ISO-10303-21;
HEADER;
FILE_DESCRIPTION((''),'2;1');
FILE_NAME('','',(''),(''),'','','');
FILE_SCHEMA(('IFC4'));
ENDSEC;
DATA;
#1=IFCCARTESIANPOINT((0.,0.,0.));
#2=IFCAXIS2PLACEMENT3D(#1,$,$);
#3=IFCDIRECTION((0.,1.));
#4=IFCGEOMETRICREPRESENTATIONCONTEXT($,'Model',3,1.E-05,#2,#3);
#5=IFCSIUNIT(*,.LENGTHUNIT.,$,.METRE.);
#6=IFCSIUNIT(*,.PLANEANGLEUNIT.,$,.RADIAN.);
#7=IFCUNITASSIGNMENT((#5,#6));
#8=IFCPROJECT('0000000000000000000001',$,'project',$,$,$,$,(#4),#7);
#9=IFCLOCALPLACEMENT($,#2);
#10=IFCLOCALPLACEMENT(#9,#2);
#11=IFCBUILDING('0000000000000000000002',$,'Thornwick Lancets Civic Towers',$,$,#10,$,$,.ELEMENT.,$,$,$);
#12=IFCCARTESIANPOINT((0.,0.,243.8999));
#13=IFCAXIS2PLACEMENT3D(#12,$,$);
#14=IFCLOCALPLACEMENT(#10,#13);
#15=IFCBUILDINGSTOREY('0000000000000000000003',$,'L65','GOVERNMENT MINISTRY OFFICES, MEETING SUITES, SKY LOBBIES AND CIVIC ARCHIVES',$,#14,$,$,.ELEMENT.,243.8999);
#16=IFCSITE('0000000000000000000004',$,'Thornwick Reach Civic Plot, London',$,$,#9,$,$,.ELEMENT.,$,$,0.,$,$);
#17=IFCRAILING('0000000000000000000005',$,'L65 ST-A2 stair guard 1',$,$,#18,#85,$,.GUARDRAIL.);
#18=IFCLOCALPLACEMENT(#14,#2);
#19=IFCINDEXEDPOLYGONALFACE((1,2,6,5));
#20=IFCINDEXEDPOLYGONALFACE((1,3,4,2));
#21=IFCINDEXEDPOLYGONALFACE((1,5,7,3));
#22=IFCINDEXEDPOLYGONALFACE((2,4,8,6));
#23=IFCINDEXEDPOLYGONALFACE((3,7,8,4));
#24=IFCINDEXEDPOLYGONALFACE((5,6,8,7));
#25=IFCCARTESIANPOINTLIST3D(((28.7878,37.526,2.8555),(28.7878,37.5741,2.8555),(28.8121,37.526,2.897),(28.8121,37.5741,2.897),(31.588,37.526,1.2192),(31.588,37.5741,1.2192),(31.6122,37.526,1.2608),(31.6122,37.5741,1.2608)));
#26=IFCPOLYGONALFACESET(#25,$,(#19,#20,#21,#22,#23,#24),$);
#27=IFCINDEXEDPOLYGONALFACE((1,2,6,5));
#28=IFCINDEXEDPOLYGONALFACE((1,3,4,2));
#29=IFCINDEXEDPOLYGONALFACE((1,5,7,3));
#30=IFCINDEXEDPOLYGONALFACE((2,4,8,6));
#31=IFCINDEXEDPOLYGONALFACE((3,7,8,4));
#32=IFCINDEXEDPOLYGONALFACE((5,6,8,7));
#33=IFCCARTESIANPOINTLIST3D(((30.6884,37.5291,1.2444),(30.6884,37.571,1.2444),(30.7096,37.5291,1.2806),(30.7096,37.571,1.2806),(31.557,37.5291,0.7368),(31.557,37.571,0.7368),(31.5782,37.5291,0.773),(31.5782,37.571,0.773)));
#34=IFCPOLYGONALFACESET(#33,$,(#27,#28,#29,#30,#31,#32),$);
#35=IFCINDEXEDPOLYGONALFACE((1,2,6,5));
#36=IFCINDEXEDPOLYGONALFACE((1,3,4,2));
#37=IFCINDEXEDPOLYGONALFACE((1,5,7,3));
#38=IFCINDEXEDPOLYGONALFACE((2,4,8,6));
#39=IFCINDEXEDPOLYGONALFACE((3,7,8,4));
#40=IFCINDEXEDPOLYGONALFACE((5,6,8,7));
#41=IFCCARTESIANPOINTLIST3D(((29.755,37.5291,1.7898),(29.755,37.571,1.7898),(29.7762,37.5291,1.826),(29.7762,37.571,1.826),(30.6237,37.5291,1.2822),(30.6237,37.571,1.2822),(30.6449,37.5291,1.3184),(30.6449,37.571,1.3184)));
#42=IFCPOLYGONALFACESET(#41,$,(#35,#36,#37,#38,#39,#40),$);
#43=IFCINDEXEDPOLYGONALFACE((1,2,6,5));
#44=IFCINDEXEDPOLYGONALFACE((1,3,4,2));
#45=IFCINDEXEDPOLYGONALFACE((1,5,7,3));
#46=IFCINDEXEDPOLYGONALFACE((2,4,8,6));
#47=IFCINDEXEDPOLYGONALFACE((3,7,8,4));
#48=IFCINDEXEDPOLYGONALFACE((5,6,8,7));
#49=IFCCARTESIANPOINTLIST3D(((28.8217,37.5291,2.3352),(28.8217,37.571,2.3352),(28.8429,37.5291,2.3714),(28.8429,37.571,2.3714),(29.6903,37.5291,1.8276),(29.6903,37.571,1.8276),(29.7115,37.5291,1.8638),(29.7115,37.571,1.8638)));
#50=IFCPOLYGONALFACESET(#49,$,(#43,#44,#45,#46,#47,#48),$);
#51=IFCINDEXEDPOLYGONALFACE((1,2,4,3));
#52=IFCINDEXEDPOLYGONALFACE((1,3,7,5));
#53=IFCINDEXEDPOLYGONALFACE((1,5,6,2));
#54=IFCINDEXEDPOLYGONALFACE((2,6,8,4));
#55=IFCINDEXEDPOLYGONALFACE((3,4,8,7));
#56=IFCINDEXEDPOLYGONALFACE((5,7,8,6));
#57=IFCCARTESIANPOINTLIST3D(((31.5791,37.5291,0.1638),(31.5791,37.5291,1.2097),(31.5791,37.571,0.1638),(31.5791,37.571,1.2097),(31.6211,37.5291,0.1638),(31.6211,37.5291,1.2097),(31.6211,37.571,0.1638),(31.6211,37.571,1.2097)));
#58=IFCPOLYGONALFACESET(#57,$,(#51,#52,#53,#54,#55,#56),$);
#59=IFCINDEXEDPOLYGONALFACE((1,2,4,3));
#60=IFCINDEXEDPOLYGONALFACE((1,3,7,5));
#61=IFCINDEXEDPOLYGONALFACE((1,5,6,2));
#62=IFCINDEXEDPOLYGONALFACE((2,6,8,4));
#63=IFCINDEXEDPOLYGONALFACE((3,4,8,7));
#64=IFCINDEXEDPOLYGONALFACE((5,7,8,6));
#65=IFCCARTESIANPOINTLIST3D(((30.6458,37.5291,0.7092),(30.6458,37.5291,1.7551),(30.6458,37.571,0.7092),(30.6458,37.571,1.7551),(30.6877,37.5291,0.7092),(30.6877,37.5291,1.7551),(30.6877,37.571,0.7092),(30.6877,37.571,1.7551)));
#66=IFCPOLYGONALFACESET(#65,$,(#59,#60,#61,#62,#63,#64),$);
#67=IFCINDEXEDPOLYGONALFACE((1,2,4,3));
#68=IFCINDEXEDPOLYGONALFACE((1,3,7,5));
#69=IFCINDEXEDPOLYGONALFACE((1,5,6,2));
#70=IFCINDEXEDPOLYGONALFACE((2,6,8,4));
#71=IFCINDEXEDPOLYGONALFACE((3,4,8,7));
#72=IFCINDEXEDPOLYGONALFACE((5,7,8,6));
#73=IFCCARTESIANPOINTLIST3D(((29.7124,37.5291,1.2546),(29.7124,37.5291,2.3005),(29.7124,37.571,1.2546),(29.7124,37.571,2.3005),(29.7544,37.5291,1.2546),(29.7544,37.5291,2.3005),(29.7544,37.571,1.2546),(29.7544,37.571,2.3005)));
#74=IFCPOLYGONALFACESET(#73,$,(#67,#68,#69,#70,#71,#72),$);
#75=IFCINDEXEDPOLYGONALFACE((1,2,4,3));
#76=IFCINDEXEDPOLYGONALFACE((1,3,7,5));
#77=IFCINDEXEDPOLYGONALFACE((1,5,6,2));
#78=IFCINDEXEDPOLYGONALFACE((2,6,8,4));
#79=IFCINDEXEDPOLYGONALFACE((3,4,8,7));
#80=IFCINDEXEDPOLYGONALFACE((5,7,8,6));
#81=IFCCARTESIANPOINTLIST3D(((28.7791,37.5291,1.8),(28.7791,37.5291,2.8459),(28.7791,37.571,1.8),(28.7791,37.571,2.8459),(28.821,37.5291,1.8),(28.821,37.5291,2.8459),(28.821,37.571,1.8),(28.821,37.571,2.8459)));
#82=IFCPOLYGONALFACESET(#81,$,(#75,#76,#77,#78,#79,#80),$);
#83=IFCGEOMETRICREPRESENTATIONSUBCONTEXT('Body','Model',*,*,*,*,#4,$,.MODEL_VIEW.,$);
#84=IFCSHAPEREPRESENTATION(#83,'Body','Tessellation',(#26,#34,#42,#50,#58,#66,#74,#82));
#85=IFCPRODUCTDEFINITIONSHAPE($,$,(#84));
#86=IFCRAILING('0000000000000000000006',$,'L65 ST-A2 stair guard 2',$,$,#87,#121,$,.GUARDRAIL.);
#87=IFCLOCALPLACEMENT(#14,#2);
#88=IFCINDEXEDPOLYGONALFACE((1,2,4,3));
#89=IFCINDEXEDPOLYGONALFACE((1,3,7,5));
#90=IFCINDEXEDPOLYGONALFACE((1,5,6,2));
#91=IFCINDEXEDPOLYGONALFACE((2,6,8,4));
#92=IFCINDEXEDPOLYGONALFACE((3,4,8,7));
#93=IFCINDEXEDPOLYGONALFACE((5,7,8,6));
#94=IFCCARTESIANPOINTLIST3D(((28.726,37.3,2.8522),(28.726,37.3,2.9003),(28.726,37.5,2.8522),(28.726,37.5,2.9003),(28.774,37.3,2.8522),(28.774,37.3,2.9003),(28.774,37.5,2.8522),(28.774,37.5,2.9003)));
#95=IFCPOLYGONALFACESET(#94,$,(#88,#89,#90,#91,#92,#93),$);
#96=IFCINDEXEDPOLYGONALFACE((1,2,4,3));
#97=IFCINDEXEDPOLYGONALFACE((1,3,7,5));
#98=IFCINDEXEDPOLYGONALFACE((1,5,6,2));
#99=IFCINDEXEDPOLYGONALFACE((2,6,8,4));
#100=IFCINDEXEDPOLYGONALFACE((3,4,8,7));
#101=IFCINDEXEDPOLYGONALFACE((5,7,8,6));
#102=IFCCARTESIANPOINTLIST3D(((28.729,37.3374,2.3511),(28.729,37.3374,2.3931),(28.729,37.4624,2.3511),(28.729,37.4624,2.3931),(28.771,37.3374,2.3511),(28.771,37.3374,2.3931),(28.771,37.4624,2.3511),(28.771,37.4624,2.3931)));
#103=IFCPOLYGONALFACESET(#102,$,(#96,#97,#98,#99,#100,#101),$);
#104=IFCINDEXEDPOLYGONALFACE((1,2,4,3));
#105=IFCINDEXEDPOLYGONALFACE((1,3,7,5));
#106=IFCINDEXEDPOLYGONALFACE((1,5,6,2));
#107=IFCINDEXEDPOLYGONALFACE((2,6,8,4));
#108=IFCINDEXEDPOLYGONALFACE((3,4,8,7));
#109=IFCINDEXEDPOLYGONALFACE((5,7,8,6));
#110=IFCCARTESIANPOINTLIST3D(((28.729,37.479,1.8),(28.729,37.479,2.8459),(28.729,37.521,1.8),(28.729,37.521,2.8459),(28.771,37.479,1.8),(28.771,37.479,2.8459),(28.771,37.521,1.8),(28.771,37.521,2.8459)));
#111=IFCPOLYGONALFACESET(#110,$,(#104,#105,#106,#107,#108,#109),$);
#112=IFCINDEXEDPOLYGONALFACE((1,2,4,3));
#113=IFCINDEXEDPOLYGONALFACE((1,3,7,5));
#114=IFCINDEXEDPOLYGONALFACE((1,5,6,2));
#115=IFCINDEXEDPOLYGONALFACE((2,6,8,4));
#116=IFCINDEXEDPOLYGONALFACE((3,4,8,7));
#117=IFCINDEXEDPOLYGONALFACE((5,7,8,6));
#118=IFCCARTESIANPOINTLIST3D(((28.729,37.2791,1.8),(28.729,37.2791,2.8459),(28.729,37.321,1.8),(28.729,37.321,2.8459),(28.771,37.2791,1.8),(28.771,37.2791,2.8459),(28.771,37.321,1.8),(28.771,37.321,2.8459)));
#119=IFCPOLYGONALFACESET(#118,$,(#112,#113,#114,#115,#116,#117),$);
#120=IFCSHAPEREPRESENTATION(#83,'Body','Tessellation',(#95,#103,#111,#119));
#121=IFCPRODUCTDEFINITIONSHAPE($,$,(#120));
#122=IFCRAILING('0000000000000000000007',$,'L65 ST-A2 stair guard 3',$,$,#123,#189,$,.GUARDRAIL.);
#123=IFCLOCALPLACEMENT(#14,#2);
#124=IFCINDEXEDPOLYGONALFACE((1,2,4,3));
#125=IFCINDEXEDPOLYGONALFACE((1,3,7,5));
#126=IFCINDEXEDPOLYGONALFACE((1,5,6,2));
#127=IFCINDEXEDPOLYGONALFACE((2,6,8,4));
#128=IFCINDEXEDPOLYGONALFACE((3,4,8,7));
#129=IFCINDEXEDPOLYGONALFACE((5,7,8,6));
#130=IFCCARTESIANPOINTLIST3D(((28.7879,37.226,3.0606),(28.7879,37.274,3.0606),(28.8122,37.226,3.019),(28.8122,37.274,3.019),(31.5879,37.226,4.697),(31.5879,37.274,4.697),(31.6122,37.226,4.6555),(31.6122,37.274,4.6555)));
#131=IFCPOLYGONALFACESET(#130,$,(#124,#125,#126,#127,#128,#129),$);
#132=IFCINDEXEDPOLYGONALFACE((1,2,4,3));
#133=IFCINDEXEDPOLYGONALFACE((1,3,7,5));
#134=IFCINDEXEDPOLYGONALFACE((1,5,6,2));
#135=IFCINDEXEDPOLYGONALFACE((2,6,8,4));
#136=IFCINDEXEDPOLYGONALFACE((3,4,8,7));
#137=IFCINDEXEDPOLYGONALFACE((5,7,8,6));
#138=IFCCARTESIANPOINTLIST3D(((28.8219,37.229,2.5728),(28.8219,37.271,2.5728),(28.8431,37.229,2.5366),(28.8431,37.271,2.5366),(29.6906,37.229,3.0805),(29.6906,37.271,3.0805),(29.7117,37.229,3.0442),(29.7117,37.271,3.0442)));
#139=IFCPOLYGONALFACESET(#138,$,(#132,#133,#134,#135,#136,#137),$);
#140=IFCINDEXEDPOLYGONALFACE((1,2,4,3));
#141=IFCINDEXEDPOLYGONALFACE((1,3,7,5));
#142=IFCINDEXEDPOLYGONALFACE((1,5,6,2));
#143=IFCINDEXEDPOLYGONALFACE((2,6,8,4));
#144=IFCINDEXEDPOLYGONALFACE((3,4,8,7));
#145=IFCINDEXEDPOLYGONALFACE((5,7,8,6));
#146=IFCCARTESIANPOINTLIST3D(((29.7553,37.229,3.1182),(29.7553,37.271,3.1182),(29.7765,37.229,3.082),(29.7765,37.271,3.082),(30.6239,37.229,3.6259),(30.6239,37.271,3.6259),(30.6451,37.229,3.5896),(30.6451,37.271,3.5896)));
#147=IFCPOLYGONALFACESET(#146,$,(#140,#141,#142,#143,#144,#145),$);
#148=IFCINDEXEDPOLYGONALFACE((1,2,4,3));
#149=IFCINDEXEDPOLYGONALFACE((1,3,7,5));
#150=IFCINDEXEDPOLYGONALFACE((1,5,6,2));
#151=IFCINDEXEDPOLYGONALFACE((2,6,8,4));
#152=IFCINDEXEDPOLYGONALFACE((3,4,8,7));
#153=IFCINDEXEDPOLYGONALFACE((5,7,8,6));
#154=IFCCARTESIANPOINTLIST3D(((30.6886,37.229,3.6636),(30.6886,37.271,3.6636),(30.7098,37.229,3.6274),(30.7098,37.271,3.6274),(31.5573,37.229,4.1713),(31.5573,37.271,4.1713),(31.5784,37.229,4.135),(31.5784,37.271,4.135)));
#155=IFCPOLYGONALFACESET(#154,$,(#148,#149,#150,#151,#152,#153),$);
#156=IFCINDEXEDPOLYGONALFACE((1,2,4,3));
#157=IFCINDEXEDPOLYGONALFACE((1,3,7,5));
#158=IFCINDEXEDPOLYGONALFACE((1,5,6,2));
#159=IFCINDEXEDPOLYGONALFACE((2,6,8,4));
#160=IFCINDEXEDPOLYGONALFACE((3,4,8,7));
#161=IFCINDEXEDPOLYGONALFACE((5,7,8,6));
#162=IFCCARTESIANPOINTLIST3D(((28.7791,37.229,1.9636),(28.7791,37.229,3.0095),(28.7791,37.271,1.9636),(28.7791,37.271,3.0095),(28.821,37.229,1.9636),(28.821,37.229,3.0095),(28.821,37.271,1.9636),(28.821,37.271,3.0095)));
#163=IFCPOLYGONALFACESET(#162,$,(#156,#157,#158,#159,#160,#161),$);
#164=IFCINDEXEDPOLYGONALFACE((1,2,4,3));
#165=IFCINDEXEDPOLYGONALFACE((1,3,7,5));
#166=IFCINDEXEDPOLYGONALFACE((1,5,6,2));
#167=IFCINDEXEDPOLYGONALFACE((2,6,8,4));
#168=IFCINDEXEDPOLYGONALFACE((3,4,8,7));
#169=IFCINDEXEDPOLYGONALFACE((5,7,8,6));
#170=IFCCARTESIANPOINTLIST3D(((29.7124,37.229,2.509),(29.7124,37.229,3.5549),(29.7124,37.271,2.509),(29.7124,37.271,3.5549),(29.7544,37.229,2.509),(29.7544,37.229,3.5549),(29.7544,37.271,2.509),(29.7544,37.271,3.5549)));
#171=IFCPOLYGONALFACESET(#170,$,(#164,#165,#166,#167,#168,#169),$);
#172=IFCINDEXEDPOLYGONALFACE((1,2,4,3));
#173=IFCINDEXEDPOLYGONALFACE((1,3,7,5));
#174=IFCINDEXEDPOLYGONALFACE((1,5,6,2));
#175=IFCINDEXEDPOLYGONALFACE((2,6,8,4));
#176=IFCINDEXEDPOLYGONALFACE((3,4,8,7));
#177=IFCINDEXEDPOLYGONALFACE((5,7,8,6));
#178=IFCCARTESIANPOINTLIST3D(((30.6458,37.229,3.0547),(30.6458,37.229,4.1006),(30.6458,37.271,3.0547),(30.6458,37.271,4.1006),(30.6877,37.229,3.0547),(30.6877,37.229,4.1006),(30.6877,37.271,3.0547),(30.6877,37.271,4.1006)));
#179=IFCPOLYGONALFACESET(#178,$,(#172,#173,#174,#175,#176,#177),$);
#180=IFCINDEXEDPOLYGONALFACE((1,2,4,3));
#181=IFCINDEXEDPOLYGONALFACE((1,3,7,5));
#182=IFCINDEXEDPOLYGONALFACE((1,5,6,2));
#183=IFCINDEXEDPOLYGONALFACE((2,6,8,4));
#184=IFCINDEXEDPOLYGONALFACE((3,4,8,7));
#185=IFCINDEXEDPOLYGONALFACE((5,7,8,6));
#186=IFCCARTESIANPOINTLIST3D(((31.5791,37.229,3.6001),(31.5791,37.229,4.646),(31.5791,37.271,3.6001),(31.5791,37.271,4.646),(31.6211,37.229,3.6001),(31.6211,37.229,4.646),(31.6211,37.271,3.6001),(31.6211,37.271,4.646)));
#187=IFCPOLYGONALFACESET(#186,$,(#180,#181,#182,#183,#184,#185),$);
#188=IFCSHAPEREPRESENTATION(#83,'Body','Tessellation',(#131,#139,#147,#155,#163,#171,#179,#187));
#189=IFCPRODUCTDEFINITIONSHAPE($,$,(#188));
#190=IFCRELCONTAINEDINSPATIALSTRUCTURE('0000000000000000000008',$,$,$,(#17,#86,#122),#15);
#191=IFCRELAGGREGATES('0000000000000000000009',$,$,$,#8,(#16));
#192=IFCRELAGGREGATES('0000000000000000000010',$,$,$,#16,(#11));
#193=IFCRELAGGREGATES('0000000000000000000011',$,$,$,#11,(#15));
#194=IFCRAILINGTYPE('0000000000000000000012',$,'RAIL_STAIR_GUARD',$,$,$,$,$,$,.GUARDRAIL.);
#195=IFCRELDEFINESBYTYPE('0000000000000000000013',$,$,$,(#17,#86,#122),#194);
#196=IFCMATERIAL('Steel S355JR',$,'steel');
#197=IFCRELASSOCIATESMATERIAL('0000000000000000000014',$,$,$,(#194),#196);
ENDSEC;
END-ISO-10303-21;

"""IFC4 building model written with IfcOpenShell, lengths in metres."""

from ifc_helpers import new_model, si_unit, direction, frame, origin, origin_2d, place, context, subcontext, project, spatial, rectangle, extrude, material, type_object, element, save


model = new_model("IFC4")

# Units and contexts
model_context = context("Model", 3, precision=1e-05, world=origin(), true_north=direction((0.0, 1.0)))
body_context = subcontext(model_context, "Body", "Model", "MODEL_VIEW")
ifc_project = project(units=[si_unit("LENGTHUNIT", "METRE"), si_unit("PLANEANGLEUNIT", "RADIAN")], contexts=[model_context])

# Site, building, storey
site_placement = place(None, origin())
site = spatial("IfcSite", under=ifc_project, at=site_placement, Name="Thornwick Reach Civic Plot, London", CompositionType="ELEMENT", RefElevation=0.0)
building_placement = place(site_placement, origin())
building = spatial("IfcBuilding", under=site, at=building_placement, Name="Thornwick Lancets Civic Towers", CompositionType="ELEMENT")
storey_placement = place(building_placement, frame((0.0, 0.0, 243.8999)))
storey = spatial("IfcBuildingStorey", under=building, at=storey_placement, Name="L65", Description="GOVERNMENT MINISTRY OFFICES, MEETING SUITES, SKY LOBBIES AND CIVIC ARCHIVES", CompositionType="ELEMENT", Elevation=243.8999)

# Shared definitions
ifc_material_1 = material(Name="Steel S355JR", Category="steel")

# Railings
railing_type_1 = type_object("IfcRailingType", Name="RAIL_STAIR_GUARD", PredefinedType="GUARDRAIL", material=ifc_material_1)
railing_1_placement = place(storey_placement, frame((31.6001, 37.55, 0.1638)))
element("IfcRailing", 1, at=railing_1_placement, inside=storey, type_object=railing_type_1, Name="L65 ST-A2 stair guard 1", PredefinedType="GUARDRAIL", context=body_context, shape_type="SweptSolid", body=[
    extrude(rectangle(XDim=0.0481, YDim=0.0481, at=origin_2d()), frame((0.0, 0.0, 1.0762), z_axis=(-0.863394, 0.0, 0.504531), x_axis=(0.0, -1.0, 0.0)), (0.0, 0.0, 1.0), 3.2432),
    extrude(rectangle(XDim=0.042, YDim=0.042, at=origin_2d()), frame((-0.0325, 0.0, 0.5911), z_axis=(-0.863394, 0.0, 0.504531), x_axis=(0.0, -1.0, 0.0)), (0.0, 0.0, 1.0), 1.0061),
    extrude(rectangle(XDim=0.042, YDim=0.042, at=origin_2d()), frame((-0.9658, 0.0, 1.1365), z_axis=(-0.863394, 0.0, 0.504531), x_axis=(0.0, -1.0, 0.0)), (0.0, 0.0, 1.0), 1.0061),
    extrude(rectangle(XDim=0.042, YDim=0.042, at=origin_2d()), frame((-1.8992, 0.0, 1.6819), z_axis=(-0.863394, 0.0, 0.504531), x_axis=(0.0, -1.0, 0.0)), (0.0, 0.0, 1.0), 1.0061),
    extrude(rectangle(XDim=0.042, YDim=0.042, at=origin_2d()), origin(), (0.0, 0.0, 1.0), 1.0459),
    extrude(rectangle(XDim=0.042, YDim=0.042, at=origin_2d()), frame((-0.9333, 0.0, 0.5454)), (0.0, 0.0, 1.0), 1.0459),
    extrude(rectangle(XDim=0.042, YDim=0.042, at=origin_2d()), frame((-1.8667, 0.0, 1.0908)), (0.0, 0.0, 1.0), 1.0459),
    extrude(rectangle(XDim=0.042, YDim=0.042, at=origin_2d()), frame((-2.8, 0.0, 1.6362)), (0.0, 0.0, 1.0), 1.0459),
])
railing_2_placement = place(storey_placement, frame((28.75, 37.5, 1.8)))
element("IfcRailing", 2, at=railing_2_placement, inside=storey, type_object=railing_type_1, Name="L65 ST-A2 stair guard 2", PredefinedType="GUARDRAIL", context=body_context, shape_type="SweptSolid", body=[
    extrude(rectangle(XDim=0.0481, YDim=0.0481, at=origin_2d()), frame((0.0, 0.0, 1.0762), z_axis=(0.0, -1.0, 0.0), x_axis=(1.0, 0.0, 0.0)), (0.0, 0.0, 1.0), 0.2),
    extrude(rectangle(XDim=0.042, YDim=0.042, at=origin_2d()), frame((0.0, -0.0376, 0.572), z_axis=(0.0, -1.0, 0.0), x_axis=(1.0, 0.0, 0.0)), (0.0, 0.0, 1.0), 0.125),
    extrude(rectangle(XDim=0.042, YDim=0.042, at=origin_2d()), origin(), (0.0, 0.0, 1.0), 1.0459),
    extrude(rectangle(XDim=0.042, YDim=0.042, at=origin_2d()), frame((0.0, -0.2, 0.0)), (0.0, 0.0, 1.0), 1.0459),
])
railing_3_placement = place(storey_placement, frame((28.8, 37.25, 1.9636)))
element("IfcRailing", 3, at=railing_3_placement, inside=storey, type_object=railing_type_1, Name="L65 ST-A2 stair guard 3", PredefinedType="GUARDRAIL", context=body_context, shape_type="SweptSolid", body=[
    extrude(rectangle(XDim=0.0481, YDim=0.0481, at=origin_2d()), frame((0.0, 0.0, 1.0762), z_axis=(0.863361, 0.0, 0.504587), x_axis=(0.0, 1.0, 0.0)), (0.0, 0.0, 1.0), 3.2432),
    extrude(rectangle(XDim=0.042, YDim=0.042, at=origin_2d()), frame((0.0325, 0.0, 0.5911), z_axis=(0.863361, 0.0, 0.504587), x_axis=(0.0, 1.0, 0.0)), (0.0, 0.0, 1.0), 1.0061),
    extrude(rectangle(XDim=0.042, YDim=0.042, at=origin_2d()), frame((0.9658, 0.0, 1.1365), z_axis=(0.863361, 0.0, 0.504587), x_axis=(0.0, 1.0, 0.0)), (0.0, 0.0, 1.0), 1.0061),
    extrude(rectangle(XDim=0.042, YDim=0.042, at=origin_2d()), frame((1.8992, 0.0, 1.6819), z_axis=(0.863361, 0.0, 0.504587), x_axis=(0.0, 1.0, 0.0)), (0.0, 0.0, 1.0), 1.0061),
    extrude(rectangle(XDim=0.042, YDim=0.042, at=origin_2d()), origin(), (0.0, 0.0, 1.0), 1.0459),
    extrude(rectangle(XDim=0.042, YDim=0.042, at=origin_2d()), frame((0.9333, 0.0, 0.5454)), (0.0, 0.0, 1.0), 1.0459),
    extrude(rectangle(XDim=0.042, YDim=0.042, at=origin_2d()), frame((1.8667, 0.0, 1.0911)), (0.0, 0.0, 1.0), 1.0459),
    extrude(rectangle(XDim=0.042, YDim=0.042, at=origin_2d()), frame((2.8, 0.0, 1.6365)), (0.0, 0.0, 1.0), 1.0459),
])

save(model, "model.ifc")
